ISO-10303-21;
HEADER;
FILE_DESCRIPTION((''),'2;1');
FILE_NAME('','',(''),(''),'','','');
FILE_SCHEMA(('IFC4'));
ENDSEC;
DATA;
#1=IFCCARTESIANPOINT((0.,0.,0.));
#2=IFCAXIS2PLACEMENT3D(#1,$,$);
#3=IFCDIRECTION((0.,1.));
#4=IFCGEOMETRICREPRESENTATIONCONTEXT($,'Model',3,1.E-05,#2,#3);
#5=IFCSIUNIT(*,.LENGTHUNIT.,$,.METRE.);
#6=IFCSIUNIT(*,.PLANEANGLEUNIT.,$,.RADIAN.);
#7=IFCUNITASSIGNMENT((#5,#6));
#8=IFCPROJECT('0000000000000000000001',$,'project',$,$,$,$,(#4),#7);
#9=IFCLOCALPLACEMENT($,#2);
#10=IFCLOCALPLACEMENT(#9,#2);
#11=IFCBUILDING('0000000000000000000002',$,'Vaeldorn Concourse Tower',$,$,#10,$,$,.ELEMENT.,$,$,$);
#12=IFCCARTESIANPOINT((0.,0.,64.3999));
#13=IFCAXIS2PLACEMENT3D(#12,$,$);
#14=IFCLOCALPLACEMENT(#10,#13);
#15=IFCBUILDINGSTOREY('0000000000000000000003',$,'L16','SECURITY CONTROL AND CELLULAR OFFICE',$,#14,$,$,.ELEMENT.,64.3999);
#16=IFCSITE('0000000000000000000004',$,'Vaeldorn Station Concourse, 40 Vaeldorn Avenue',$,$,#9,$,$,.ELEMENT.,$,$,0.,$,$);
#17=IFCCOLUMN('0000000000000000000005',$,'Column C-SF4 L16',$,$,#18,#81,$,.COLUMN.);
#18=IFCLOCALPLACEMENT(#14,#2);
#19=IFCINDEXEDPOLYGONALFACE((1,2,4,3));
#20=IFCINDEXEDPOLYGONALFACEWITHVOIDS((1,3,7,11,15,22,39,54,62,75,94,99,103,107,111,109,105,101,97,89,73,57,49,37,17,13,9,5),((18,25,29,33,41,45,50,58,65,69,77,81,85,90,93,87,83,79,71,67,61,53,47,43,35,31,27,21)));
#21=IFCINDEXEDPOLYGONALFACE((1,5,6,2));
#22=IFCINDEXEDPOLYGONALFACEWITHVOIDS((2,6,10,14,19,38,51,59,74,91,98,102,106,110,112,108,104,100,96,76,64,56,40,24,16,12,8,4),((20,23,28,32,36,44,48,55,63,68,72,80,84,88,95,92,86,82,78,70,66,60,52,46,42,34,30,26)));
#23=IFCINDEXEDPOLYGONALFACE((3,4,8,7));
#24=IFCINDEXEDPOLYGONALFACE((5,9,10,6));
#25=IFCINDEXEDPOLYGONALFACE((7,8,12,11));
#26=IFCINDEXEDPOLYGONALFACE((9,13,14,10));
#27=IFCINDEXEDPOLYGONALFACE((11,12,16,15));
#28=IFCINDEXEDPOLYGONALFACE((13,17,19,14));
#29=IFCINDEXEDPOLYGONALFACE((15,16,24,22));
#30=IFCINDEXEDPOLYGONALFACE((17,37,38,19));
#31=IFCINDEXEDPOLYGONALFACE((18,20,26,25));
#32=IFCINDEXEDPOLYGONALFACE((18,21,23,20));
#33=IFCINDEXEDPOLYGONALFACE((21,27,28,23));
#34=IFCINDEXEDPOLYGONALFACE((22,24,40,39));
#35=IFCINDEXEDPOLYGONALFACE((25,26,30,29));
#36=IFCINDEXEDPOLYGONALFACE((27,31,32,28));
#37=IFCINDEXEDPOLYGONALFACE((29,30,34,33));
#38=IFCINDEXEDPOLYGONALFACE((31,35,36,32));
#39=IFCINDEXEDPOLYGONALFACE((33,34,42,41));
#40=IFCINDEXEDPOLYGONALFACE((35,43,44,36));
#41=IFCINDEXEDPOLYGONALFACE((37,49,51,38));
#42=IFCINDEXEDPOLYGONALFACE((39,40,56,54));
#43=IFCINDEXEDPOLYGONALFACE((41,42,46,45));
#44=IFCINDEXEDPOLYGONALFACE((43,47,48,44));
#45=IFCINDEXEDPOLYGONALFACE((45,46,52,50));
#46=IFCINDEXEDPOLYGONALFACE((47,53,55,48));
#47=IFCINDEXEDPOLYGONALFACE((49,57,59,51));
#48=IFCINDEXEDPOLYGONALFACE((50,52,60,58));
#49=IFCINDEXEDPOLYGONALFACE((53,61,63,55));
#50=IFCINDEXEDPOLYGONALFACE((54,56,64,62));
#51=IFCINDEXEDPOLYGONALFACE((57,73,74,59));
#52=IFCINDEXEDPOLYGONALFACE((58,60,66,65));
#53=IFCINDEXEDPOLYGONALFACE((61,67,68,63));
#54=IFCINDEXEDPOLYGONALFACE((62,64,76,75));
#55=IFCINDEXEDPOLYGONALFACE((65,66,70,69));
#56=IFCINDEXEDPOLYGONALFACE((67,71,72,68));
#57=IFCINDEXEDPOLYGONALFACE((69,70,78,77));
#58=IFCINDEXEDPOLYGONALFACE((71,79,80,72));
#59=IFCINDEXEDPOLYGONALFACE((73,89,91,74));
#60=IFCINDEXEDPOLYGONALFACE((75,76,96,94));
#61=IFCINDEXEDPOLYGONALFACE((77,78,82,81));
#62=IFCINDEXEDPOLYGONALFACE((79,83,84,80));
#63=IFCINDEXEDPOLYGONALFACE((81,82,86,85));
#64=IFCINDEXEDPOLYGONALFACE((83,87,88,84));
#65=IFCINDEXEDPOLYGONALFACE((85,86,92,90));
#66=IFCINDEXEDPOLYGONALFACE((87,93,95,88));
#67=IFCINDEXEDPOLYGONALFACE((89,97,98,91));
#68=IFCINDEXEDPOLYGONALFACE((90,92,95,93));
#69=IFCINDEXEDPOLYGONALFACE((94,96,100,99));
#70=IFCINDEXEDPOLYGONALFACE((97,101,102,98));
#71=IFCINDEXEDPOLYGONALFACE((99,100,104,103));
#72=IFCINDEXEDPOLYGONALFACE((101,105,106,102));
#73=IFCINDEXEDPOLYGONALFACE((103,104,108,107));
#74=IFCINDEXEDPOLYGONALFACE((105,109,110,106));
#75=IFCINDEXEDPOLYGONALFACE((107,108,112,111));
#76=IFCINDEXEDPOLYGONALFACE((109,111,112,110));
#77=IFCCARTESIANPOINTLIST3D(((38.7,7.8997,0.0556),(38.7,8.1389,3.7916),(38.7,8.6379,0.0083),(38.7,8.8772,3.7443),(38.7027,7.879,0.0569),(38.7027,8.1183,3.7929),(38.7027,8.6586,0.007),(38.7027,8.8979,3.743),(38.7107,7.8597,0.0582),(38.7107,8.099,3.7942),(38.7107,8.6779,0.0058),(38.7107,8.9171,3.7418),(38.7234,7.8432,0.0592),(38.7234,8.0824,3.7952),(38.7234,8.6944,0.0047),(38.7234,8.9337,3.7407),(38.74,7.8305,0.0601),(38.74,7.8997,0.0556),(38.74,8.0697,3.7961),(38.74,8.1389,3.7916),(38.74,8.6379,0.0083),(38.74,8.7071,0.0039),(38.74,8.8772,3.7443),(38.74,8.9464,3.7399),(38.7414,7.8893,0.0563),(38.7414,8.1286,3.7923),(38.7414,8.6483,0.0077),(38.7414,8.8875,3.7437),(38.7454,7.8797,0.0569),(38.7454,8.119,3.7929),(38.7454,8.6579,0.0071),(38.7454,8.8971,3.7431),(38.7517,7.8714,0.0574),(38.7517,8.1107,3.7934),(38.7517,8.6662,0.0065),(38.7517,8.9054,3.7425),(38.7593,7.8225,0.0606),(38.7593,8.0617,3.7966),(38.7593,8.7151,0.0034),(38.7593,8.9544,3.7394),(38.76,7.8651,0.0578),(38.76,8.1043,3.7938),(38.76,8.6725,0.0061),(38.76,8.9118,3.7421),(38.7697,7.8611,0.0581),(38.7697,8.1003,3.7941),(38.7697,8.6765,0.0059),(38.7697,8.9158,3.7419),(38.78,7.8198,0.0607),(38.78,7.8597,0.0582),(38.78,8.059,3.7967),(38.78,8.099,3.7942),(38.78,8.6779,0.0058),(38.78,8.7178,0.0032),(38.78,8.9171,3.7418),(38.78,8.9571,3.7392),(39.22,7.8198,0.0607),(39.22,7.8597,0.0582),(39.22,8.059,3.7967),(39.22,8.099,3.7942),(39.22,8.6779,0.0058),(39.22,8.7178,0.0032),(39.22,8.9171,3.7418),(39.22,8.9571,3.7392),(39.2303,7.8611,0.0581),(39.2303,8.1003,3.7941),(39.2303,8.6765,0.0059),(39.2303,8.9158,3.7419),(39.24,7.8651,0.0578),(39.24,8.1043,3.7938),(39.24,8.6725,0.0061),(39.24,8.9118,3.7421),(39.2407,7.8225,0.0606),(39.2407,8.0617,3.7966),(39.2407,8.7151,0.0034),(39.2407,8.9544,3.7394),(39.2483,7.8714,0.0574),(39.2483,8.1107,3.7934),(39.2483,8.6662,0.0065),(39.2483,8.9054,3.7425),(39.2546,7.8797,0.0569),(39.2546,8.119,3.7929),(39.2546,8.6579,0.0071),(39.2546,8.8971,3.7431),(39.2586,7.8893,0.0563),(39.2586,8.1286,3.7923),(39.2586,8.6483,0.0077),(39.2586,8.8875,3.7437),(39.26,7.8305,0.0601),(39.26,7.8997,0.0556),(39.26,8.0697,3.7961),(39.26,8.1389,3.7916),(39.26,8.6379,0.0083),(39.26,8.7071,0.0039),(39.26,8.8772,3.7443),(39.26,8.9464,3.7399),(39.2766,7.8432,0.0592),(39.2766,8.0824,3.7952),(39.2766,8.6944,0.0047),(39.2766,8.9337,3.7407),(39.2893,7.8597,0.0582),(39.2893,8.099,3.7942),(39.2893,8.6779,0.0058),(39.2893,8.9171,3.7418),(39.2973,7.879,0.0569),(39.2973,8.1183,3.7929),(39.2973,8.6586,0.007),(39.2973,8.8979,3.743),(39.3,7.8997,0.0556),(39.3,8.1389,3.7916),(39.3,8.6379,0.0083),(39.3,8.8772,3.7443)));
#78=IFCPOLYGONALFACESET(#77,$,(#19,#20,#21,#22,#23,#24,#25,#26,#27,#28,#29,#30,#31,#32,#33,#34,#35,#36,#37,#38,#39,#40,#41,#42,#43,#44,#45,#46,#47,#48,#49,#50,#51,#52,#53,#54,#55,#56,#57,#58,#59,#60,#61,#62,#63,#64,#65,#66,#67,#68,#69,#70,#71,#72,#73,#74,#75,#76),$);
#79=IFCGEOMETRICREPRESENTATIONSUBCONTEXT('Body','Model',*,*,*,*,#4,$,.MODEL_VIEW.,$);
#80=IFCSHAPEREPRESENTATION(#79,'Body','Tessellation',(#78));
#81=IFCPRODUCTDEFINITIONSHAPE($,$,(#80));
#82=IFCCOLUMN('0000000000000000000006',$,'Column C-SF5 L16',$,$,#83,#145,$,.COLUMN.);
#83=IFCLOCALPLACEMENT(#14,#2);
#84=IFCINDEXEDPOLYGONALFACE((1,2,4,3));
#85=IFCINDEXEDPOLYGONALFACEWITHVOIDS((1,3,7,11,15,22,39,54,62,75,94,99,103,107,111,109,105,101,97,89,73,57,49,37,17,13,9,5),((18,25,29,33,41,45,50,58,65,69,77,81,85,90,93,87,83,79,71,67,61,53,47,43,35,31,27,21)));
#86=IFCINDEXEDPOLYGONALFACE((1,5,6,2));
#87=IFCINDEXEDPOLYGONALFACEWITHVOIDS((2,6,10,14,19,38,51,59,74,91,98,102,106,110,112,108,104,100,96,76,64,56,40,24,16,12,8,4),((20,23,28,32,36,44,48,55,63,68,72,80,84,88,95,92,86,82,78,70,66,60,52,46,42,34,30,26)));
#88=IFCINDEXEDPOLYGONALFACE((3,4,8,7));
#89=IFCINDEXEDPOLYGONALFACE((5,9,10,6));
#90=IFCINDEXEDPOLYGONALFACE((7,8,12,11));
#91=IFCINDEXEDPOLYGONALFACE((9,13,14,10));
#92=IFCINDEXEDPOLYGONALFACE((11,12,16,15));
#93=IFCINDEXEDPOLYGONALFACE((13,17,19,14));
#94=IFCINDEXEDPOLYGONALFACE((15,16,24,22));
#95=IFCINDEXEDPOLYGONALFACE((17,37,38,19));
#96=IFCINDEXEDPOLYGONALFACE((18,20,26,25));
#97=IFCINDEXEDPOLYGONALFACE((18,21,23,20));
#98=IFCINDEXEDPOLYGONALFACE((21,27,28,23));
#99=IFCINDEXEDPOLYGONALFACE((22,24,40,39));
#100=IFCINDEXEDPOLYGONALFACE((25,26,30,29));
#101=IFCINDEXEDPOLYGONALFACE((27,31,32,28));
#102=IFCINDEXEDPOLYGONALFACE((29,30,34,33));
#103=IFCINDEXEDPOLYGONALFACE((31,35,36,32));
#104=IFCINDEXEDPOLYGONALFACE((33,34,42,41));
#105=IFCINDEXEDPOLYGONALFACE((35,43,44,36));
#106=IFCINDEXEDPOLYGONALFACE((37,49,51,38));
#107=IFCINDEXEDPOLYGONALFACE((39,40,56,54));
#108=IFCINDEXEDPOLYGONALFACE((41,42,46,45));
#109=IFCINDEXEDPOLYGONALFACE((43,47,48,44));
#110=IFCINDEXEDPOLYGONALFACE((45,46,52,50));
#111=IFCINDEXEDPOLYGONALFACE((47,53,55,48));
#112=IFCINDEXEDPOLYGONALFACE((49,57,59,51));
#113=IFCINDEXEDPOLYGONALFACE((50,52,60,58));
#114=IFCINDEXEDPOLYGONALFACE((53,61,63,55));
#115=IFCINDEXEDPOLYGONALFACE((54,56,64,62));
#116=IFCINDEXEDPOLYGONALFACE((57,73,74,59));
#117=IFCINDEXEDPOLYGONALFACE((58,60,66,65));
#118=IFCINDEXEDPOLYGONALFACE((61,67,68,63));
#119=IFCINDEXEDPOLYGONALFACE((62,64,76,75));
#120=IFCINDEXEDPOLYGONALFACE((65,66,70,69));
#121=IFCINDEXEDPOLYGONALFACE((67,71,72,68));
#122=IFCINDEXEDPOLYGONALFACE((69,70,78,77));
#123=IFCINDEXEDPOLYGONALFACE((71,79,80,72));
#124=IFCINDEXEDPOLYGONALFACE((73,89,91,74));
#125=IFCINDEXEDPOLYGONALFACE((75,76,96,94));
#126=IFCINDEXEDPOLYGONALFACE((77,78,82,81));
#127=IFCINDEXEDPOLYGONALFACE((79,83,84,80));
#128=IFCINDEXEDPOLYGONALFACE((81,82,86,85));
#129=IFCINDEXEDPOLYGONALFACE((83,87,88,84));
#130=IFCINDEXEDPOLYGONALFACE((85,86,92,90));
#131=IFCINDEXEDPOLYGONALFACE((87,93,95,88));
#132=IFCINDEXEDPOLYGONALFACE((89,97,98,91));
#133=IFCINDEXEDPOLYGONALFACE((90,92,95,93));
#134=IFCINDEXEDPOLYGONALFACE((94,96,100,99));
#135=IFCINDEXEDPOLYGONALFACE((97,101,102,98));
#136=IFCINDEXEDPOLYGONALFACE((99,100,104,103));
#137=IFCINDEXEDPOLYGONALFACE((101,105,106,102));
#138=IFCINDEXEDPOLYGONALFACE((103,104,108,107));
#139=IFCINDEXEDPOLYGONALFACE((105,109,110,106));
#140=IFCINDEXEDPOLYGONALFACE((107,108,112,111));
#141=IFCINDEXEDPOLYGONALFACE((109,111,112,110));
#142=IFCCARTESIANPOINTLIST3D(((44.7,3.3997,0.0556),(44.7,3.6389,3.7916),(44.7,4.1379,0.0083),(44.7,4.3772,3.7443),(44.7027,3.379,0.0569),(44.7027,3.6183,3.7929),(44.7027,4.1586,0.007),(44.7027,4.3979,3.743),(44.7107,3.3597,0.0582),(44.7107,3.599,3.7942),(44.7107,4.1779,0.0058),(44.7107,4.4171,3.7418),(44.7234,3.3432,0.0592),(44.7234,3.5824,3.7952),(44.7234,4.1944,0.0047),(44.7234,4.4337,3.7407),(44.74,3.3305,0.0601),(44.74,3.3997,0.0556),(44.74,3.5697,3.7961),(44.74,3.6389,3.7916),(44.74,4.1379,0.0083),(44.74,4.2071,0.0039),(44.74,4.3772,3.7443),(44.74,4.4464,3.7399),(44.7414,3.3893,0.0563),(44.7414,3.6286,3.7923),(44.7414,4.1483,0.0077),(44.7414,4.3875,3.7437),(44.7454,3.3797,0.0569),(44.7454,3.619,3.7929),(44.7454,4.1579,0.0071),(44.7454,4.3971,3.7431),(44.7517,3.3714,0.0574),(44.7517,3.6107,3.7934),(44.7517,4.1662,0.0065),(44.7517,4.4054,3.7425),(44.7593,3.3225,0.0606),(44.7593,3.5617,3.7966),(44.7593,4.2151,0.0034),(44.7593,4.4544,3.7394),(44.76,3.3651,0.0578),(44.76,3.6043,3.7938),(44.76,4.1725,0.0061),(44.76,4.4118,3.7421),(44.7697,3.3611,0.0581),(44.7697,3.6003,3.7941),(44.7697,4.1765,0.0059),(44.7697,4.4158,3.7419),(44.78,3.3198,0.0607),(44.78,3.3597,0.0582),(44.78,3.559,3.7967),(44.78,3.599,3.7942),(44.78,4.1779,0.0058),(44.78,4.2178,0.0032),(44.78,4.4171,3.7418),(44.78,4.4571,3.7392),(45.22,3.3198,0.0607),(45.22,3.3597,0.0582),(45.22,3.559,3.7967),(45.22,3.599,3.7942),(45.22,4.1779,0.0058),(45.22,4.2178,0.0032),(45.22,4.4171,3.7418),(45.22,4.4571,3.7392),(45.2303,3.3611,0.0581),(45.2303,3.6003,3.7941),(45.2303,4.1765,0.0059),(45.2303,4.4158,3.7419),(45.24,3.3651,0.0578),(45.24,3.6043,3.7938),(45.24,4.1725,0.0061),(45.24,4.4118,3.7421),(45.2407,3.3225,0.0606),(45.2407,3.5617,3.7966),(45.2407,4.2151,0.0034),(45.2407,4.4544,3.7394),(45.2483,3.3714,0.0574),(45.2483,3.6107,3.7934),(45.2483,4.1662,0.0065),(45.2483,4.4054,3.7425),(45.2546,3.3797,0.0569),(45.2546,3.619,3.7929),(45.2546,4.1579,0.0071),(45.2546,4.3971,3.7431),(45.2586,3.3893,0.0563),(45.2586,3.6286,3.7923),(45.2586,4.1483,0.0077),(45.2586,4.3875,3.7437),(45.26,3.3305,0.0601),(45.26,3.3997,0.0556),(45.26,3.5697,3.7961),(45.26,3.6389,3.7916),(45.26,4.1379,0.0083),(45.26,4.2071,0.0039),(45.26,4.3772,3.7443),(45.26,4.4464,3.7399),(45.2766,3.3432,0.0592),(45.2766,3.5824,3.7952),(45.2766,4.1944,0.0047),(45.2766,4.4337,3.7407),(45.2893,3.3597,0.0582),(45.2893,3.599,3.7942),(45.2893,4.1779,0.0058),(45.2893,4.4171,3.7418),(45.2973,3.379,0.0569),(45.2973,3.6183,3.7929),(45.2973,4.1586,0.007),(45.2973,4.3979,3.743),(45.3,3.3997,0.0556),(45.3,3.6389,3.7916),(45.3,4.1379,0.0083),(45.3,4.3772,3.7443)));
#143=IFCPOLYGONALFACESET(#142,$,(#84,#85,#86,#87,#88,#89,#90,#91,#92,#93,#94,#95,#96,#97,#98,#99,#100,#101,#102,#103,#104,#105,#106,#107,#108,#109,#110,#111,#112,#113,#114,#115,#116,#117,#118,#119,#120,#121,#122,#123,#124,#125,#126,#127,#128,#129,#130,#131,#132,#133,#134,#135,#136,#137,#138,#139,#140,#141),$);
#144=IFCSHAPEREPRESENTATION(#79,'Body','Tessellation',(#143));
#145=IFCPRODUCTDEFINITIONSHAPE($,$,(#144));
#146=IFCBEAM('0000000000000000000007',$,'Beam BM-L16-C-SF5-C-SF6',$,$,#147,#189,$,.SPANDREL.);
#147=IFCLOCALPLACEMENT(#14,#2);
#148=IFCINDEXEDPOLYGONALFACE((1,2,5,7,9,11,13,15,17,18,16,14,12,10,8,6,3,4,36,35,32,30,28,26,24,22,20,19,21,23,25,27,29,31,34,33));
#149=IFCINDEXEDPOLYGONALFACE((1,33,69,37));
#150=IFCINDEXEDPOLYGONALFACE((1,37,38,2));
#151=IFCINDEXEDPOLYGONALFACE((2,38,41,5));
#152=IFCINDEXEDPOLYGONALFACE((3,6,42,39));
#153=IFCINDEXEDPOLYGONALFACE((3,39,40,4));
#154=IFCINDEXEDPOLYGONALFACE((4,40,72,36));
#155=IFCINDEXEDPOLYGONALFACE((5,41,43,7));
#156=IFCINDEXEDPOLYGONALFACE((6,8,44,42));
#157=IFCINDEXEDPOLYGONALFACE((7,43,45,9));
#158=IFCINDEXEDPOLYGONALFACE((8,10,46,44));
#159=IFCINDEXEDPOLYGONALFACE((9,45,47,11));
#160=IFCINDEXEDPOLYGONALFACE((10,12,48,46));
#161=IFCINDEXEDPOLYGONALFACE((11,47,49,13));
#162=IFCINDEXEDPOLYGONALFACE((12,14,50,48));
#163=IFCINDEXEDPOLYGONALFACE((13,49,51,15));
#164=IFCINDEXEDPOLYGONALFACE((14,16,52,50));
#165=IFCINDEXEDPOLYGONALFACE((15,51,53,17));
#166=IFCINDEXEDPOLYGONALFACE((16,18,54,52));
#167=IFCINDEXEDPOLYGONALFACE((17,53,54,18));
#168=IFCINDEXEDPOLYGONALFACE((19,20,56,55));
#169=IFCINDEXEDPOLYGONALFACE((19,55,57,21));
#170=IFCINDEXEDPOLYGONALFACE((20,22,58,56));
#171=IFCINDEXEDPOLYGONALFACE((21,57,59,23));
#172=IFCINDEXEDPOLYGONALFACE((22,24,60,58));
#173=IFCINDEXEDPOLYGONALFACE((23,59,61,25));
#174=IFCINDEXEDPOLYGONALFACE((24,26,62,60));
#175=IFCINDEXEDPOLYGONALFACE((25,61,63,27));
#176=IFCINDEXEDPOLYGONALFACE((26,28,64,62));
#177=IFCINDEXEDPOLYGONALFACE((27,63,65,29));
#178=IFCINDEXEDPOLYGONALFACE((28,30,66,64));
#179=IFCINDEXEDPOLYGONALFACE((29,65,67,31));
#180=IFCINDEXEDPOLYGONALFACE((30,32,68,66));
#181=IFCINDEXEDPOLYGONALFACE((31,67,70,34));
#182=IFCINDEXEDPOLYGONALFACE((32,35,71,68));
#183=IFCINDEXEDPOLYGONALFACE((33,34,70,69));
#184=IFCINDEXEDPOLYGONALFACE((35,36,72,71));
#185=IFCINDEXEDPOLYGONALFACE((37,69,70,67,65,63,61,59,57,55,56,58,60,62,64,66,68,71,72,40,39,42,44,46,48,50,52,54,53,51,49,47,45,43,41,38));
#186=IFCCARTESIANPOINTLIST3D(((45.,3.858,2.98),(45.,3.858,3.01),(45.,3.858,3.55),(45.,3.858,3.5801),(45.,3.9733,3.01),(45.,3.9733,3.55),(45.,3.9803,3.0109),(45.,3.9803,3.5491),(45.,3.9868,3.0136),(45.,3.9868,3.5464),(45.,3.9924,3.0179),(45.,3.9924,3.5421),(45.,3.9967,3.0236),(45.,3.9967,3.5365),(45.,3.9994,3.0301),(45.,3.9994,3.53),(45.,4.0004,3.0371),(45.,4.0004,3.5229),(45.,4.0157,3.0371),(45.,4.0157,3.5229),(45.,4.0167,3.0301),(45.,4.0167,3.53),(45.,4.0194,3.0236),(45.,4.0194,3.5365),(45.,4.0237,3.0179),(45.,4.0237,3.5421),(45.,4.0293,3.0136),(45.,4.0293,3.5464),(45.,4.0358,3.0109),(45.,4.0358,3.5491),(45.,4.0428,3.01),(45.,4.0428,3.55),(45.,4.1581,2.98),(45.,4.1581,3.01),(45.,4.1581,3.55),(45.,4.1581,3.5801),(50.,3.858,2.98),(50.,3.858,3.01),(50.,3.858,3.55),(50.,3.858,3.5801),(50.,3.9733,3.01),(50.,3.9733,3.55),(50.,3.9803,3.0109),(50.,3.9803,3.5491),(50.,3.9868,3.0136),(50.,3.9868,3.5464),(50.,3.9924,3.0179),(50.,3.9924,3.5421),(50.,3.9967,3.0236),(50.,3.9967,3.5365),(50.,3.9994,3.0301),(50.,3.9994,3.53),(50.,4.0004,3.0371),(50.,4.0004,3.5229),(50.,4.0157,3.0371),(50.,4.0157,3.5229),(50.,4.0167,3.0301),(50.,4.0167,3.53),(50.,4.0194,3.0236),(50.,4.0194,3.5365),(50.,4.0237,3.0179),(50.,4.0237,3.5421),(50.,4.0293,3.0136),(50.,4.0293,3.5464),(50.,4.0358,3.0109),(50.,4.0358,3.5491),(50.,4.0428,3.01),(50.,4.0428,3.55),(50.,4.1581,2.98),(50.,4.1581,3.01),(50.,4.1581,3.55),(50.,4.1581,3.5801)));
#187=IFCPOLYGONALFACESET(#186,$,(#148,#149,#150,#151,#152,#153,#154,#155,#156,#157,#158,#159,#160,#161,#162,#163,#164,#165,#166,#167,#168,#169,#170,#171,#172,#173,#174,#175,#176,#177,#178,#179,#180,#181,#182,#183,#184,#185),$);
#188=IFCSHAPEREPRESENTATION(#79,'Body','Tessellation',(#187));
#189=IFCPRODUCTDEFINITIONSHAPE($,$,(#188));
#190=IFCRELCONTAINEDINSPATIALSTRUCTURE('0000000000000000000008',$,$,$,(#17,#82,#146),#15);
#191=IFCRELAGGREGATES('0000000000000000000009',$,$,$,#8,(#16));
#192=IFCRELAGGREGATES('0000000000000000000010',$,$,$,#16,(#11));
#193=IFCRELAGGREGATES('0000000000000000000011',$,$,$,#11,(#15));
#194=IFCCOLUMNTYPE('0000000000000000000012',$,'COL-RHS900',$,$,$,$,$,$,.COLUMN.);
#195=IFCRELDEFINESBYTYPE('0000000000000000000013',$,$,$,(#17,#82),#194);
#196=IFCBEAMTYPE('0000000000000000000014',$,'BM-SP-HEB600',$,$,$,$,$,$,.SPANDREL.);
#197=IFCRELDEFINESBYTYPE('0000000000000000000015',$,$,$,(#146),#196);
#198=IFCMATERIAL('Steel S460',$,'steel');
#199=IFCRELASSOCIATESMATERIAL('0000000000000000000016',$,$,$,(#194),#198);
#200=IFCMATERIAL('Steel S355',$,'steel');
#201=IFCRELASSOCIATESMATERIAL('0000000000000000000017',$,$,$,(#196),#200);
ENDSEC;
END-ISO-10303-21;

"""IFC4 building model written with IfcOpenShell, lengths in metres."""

from ifc_helpers import new_model, si_unit, direction, frame, origin, origin_2d, place, context, subcontext, project, spatial, hollow_rectangle, i_section, extrude, source, transform, mapped, material, material_profile, profile_set, type_object, element, save


model = new_model("IFC4")

# Units and contexts
model_context = context("Model", 3, precision=1e-05, world=origin(), true_north=direction((0.0, 1.0)))
body_context = subcontext(model_context, "Body", "Model", "MODEL_VIEW")
ifc_project = project(units=[si_unit("LENGTHUNIT", "METRE"), si_unit("PLANEANGLEUNIT", "RADIAN")], contexts=[model_context])

# Site, building, storey
site_placement = place(None, origin())
site = spatial("IfcSite", under=ifc_project, at=site_placement, Name="Vaeldorn Station Concourse, 40 Vaeldorn Avenue", CompositionType="ELEMENT", RefElevation=0.0)
building_placement = place(site_placement, origin())
building = spatial("IfcBuilding", under=site, at=building_placement, Name="Vaeldorn Concourse Tower", CompositionType="ELEMENT")
storey_placement = place(building_placement, frame((0.0, 0.0, 64.3999)))
storey = spatial("IfcBuildingStorey", under=building, at=storey_placement, Name="L16", Description="SECURITY CONTROL AND CELLULAR OFFICE", CompositionType="ELEMENT", Elevation=64.3999)

# Columns
ifc_material_1 = material(Name="Steel S460", Category="steel")
ifc_material_profile_1 = material_profile(ifc_material_1, hollow_rectangle(XDim=0.6001, YDim=0.8999, WallThickness=0.04, InnerFilletRadius=0.04, OuterFilletRadius=0.0801, at=origin_2d()), Name="RHS 900x600x40")
ifc_profile_set_1 = profile_set([ifc_material_profile_1], Name="Steel S460")
column_type = type_object("IfcColumnType", Name="COL-RHS900", PredefinedType="COLUMN", material=ifc_profile_set_1)
shared_shape_1 = source(origin(), body_context, "Body", "SweptSolid", [
    extrude(hollow_rectangle(XDim=0.6001, YDim=0.8999, WallThickness=0.04, InnerFilletRadius=0.04, OuterFilletRadius=0.0801, at=origin_2d()), origin(), (0.0, 0.0, 1.0), 3.7437),
])
for number, where, z_axis, x_axis, name in (
    (1, (39.0, 8.2688, 0.032), (0.0, 0.063909, 0.997956), (-1.0, 0.0, 0.0), "Column C-SF4 L16"),
    (2, (45.0, 3.7688, 0.032), (0.0, 0.063909, 0.997956), (-1.0, 0.0, 0.0), "Column C-SF5 L16"),
):
    element("IfcColumn", number, at=place(storey_placement, frame(where, z_axis=z_axis, x_axis=x_axis)), inside=storey, type_object=column_type, Name=name, PredefinedType="COLUMN", context=body_context, shape_type="MappedRepresentation", body=[
        mapped(shared_shape_1, transform((0.0, 0.0, 0.0), scale=1.0)),
    ])

# Beam
ifc_material_2 = material(Name="Steel S355", Category="steel")
ifc_material_profile_2 = material_profile(ifc_material_2, i_section(OverallWidth=0.3, OverallDepth=0.6001, WebThickness=0.0154, FlangeThickness=0.03, FilletRadius=0.0271, at=origin_2d()), Name="HEB 600")
ifc_profile_set_2 = profile_set([ifc_material_profile_2], Name="Steel S355")
beam_type_1 = type_object("IfcBeamType", Name="BM-SP-HEB600", PredefinedType="SPANDREL", material=ifc_profile_set_2)
shared_shape_2 = source(origin(), body_context, "Body", "SweptSolid", [
    extrude(i_section(OverallWidth=0.3, OverallDepth=0.6001, WebThickness=0.0154, FlangeThickness=0.03, FilletRadius=0.0271, at=origin_2d()), origin(), (0.0, 0.0, 1.0), 5.0),
])
beam_1_placement = place(storey_placement, frame((45.0, 4.0081, 3.28), z_axis=(1.0, 0.0, 0.0), x_axis=(0.0, 1.0, 0.0)))
element("IfcBeam", 3, at=beam_1_placement, inside=storey, type_object=beam_type_1, Name="Beam BM-L16-C-SF5-C-SF6", PredefinedType="SPANDREL", context=body_context, shape_type="MappedRepresentation", body=[
    mapped(shared_shape_2, transform((0.0, 0.0, 0.0), scale=1.0)),
])

save(model, "model.ifc")
